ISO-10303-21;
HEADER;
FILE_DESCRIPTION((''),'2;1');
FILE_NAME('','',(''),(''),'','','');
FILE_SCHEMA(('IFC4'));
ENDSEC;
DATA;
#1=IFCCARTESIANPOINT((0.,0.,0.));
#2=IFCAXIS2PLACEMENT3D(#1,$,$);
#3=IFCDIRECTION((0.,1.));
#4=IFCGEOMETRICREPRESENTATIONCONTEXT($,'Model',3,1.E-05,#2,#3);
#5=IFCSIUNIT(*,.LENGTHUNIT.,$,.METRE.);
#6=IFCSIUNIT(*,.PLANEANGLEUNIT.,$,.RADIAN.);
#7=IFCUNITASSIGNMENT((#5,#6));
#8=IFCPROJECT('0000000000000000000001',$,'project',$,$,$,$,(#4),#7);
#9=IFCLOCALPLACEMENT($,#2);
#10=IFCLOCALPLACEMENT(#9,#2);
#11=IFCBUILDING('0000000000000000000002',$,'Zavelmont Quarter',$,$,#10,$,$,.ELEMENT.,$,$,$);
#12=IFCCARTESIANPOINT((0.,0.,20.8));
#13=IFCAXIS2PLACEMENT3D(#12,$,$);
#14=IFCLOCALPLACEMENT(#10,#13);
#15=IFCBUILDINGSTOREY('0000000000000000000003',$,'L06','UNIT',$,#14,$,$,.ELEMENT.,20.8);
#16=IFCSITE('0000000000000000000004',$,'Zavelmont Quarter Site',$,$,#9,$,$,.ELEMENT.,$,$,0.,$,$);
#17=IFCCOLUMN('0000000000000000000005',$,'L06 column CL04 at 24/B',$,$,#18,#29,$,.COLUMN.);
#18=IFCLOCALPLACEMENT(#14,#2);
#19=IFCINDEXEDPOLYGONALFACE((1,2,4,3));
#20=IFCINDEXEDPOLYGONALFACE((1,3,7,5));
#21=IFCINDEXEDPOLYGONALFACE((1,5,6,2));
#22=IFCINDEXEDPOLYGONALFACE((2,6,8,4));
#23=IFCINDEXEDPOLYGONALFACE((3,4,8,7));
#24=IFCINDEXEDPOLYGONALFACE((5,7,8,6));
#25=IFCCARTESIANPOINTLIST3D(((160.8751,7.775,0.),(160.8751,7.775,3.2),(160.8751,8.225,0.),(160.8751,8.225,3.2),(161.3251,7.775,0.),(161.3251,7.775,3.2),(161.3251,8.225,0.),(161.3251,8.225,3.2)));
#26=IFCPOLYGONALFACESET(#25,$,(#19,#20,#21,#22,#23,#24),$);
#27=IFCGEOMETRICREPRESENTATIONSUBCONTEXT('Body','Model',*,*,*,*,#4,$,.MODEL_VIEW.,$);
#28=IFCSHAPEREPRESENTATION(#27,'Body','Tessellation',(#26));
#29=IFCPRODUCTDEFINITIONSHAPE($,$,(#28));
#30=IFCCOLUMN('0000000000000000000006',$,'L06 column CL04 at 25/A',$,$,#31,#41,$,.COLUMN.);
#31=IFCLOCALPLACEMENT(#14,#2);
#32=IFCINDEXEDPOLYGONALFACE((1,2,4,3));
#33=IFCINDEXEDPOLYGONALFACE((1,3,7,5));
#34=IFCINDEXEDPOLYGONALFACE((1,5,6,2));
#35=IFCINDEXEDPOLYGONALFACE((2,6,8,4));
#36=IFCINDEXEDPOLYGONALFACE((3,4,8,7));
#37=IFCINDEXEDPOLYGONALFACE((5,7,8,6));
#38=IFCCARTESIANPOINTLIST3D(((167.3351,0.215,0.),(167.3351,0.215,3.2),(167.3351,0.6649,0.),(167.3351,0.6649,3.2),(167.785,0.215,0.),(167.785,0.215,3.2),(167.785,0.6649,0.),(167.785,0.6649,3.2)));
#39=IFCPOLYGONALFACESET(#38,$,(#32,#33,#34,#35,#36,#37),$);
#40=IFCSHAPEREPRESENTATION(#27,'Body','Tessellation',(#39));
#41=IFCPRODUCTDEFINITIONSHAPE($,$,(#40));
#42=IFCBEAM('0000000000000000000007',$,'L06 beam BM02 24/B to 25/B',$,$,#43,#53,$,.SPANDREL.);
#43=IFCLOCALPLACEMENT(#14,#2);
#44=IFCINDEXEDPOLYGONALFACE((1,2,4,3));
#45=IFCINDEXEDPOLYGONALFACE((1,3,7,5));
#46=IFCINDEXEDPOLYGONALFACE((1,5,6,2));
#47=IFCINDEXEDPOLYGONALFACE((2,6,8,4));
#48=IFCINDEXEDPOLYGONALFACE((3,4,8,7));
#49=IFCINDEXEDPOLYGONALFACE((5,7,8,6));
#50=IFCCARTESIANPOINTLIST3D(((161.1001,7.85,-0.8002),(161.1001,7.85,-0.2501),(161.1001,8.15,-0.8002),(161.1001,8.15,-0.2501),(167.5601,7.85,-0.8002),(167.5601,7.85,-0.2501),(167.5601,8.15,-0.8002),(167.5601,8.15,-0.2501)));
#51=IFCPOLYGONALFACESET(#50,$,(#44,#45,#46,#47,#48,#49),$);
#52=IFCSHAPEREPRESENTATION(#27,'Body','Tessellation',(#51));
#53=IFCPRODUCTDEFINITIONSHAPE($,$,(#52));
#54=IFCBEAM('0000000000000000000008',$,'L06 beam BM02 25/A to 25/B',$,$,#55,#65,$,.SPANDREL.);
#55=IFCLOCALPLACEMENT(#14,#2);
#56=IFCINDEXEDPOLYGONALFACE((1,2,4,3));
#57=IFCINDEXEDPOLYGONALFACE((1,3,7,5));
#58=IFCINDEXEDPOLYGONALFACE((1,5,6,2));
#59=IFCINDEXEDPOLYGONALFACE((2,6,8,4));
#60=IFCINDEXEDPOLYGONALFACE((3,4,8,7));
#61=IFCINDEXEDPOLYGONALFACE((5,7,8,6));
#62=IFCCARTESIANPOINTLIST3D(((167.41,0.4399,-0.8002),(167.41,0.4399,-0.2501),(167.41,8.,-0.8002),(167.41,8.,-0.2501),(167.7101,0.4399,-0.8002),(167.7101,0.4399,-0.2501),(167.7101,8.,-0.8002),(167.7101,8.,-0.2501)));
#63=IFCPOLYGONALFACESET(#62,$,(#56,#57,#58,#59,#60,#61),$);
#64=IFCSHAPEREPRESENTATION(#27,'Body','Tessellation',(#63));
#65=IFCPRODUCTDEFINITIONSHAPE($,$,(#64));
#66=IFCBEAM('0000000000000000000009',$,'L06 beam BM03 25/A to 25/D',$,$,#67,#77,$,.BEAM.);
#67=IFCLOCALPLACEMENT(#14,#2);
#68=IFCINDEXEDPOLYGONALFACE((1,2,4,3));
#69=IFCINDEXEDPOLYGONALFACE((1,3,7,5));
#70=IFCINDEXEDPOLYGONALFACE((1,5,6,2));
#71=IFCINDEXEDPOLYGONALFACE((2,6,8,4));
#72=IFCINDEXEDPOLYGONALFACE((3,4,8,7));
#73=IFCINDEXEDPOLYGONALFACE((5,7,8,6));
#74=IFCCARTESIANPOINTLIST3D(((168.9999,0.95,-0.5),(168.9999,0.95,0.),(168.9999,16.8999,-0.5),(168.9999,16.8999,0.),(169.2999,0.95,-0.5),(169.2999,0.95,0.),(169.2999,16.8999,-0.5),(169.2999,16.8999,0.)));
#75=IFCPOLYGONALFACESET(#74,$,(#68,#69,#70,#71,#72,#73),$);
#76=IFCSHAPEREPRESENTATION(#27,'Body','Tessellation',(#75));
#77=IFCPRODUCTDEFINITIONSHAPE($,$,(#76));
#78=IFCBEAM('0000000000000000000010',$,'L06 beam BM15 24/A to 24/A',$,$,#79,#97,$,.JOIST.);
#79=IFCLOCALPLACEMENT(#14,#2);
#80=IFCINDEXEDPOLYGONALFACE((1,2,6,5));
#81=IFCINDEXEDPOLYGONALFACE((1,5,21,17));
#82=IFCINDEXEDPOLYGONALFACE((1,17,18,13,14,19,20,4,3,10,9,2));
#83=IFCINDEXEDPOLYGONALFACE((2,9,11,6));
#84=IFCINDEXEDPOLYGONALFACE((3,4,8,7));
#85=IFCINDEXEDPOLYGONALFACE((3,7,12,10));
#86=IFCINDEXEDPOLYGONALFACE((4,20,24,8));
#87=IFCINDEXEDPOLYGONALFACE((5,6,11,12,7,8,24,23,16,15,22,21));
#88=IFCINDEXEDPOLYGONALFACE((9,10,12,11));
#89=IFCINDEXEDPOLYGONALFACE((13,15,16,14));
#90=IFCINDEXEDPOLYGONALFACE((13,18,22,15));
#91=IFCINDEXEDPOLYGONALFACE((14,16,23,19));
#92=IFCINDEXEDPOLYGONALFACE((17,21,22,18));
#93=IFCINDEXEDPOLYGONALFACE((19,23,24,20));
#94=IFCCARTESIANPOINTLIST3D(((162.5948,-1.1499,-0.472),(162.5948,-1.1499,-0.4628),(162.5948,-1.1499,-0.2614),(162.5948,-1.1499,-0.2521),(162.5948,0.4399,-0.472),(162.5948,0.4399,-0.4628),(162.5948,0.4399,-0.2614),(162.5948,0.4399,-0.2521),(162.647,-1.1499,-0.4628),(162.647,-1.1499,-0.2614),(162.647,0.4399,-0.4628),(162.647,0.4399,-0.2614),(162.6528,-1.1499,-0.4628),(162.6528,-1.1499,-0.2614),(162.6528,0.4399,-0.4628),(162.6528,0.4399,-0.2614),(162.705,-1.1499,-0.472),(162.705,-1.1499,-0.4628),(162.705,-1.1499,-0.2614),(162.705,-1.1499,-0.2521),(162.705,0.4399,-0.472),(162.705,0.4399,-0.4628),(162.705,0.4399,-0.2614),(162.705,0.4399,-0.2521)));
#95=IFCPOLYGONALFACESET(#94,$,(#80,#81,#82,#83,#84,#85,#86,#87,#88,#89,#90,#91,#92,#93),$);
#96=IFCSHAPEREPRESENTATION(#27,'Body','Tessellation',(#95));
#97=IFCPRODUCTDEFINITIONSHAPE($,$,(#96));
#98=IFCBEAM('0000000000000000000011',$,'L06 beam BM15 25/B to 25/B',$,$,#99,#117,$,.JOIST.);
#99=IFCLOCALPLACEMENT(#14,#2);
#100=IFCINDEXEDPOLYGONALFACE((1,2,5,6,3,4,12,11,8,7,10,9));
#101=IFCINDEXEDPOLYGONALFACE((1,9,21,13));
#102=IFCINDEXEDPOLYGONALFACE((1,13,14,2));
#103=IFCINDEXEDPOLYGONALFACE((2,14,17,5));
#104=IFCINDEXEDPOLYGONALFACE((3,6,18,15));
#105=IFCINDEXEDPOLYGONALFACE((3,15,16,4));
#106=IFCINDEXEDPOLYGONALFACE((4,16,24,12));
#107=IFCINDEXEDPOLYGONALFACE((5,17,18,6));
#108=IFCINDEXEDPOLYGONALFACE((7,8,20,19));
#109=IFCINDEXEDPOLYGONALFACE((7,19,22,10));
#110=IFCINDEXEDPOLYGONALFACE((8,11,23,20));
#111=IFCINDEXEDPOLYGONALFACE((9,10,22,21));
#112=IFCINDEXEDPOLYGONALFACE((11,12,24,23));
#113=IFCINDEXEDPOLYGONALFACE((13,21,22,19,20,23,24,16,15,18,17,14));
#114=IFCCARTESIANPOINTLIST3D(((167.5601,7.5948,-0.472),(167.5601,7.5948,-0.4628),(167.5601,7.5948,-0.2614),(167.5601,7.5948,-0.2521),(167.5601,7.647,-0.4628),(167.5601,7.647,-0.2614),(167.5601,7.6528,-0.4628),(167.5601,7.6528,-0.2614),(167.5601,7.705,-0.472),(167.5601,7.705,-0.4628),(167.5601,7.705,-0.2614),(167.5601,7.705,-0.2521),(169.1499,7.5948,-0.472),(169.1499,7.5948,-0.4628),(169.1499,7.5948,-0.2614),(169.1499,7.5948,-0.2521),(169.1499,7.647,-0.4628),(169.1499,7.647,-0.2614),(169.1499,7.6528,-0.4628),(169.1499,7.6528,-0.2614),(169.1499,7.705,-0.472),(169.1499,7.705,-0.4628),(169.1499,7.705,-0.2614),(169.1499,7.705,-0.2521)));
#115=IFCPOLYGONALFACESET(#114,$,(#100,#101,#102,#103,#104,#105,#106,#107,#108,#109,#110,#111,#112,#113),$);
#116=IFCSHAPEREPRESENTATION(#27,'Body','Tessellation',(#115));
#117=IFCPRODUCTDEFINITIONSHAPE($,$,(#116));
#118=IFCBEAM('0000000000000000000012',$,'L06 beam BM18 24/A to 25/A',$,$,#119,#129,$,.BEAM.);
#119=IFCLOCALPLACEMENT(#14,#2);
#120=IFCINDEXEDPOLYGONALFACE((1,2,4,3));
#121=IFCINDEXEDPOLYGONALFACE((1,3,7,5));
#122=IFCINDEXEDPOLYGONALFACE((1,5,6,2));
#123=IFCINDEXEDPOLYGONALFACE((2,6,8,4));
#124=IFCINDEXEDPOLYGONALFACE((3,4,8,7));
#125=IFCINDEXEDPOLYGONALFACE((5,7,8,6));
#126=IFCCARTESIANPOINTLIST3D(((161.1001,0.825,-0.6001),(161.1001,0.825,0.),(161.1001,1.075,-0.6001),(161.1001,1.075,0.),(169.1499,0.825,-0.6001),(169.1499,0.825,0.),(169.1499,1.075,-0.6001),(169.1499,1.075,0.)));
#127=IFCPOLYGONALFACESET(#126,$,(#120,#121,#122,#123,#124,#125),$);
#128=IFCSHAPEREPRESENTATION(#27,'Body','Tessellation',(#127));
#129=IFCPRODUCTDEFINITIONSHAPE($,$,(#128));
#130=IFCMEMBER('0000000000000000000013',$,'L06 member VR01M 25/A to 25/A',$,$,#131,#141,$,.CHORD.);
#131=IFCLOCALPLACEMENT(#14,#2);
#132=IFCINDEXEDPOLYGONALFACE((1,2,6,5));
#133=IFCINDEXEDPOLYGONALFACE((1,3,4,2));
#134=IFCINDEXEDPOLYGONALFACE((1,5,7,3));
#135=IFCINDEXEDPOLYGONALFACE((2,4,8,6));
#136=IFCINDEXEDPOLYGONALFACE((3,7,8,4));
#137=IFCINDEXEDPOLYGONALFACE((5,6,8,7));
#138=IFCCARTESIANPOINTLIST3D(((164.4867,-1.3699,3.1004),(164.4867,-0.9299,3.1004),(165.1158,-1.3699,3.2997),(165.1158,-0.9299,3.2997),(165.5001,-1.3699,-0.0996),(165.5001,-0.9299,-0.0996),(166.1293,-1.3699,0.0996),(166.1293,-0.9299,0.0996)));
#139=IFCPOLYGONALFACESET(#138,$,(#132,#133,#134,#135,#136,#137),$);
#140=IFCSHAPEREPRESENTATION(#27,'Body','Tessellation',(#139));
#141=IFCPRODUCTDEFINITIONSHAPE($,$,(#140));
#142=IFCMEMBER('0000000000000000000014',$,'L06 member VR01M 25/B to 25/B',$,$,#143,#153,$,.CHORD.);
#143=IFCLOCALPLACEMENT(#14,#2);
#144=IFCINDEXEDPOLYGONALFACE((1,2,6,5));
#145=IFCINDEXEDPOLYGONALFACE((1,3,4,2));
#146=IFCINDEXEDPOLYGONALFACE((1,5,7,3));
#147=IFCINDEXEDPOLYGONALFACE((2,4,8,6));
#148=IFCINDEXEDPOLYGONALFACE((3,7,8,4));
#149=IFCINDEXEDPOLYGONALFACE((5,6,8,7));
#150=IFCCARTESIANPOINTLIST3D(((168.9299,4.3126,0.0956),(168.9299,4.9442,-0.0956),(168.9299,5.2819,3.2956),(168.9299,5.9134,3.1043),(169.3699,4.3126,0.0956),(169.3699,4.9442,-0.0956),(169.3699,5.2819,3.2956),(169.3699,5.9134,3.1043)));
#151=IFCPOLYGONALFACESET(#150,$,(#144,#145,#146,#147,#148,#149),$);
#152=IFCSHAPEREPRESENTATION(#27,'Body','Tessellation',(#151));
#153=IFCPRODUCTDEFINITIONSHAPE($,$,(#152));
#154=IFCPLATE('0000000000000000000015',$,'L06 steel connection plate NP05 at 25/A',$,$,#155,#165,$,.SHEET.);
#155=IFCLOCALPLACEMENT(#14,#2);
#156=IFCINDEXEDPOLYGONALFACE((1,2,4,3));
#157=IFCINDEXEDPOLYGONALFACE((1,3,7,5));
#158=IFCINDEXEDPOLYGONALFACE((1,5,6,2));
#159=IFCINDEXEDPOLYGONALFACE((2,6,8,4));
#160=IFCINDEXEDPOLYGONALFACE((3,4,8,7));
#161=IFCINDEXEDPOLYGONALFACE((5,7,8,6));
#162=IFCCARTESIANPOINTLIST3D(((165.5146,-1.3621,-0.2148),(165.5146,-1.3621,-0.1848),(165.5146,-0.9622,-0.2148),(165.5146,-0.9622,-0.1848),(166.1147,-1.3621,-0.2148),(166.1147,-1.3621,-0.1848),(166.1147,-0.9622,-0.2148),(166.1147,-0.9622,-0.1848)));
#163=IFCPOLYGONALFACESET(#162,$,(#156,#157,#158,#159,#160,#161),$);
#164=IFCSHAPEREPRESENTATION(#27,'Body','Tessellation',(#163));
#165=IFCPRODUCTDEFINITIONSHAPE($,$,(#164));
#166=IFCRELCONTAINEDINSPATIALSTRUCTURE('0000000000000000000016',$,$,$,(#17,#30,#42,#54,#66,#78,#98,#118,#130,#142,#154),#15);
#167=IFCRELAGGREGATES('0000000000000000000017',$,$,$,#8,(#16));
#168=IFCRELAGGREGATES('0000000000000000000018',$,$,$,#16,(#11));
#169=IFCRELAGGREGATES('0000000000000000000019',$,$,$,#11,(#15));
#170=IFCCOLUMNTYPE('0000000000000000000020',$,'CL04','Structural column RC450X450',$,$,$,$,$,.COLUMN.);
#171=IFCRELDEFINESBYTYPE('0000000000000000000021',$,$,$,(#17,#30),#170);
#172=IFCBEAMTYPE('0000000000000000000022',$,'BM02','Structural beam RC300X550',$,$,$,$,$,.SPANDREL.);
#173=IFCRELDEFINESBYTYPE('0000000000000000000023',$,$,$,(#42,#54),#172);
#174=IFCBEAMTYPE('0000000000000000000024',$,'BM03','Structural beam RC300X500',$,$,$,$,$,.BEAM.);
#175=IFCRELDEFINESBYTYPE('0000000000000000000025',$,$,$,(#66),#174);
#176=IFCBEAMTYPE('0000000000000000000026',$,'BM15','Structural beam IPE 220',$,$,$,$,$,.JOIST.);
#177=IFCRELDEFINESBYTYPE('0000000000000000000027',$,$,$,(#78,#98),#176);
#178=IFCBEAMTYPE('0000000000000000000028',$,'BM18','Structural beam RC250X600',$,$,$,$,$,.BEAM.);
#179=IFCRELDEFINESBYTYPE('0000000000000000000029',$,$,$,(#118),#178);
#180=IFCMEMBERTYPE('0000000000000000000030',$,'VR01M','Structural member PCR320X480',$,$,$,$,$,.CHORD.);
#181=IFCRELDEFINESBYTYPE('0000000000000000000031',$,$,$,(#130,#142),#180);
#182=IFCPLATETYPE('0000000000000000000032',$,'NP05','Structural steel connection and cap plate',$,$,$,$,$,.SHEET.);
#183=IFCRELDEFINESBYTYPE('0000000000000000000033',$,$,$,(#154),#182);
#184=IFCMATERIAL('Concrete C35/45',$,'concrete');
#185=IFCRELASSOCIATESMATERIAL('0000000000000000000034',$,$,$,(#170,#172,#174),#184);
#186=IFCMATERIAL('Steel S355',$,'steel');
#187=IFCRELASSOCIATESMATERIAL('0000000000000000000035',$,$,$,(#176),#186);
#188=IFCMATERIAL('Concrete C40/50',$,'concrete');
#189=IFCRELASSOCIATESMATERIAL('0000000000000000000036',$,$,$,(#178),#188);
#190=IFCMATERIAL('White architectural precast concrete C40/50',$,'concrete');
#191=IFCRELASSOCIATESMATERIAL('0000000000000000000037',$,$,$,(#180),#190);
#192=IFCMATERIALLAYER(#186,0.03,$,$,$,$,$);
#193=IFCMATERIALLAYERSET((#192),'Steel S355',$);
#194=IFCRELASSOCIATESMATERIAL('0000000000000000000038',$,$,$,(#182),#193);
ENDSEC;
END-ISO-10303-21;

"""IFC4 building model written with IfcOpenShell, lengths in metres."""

from ifc_helpers import new_model, si_unit, direction, frame, origin, origin_2d, place, context, subcontext, project, spatial, rectangle, i_section, extrude, material, layer, layer_set, material_profile, profile_set, type_object, element, save


model = new_model("IFC4")

# Units and contexts
model_context = context("Model", 3, precision=1e-05, world=origin(), true_north=direction((0.0, 1.0)))
body_context = subcontext(model_context, "Body", "Model", "MODEL_VIEW")
ifc_project = project(units=[si_unit("LENGTHUNIT", "METRE"), si_unit("PLANEANGLEUNIT", "RADIAN")], contexts=[model_context])

# Site, building, storey
site_placement = place(None, origin())
site = spatial("IfcSite", under=ifc_project, at=site_placement, Name="Zavelmont Quarter Site", CompositionType="ELEMENT", RefElevation=0.0)
building_placement = place(site_placement, origin())
building = spatial("IfcBuilding", under=site, at=building_placement, Name="Zavelmont Quarter", CompositionType="ELEMENT")
storey_placement = place(building_placement, frame((0.0, 0.0, 20.8)))
storey = spatial("IfcBuildingStorey", under=building, at=storey_placement, Name="L06", Description="UNIT", CompositionType="ELEMENT", Elevation=20.8)

# Columns
ifc_material_1 = material(Name="Concrete C35/45", Category="concrete")
ifc_material_profile_1 = material_profile(ifc_material_1, rectangle(XDim=0.45, YDim=0.45, at=origin_2d()), Name="RC450X450")
ifc_profile_set_1 = profile_set([ifc_material_profile_1], Name="Concrete C35/45")
column_type = type_object("IfcColumnType", Name="CL04", Description="Structural column RC450X450", PredefinedType="COLUMN", material=ifc_profile_set_1)
for number, where, z_axis, x_axis, name in (
    (1, (161.1001, 8.0, 0.0), (0.0, 0.0, 1.0), (1.0, 0.0, 0.0), "L06 column CL04 at 24/B"),
    (2, (167.5601, 0.4399, 0.0), (0.0, 0.0, 1.0), (1.0, 0.0, 0.0), "L06 column CL04 at 25/A"),
):
    element("IfcColumn", number, at=place(storey_placement, frame(where, z_axis=z_axis, x_axis=x_axis)), inside=storey, type_object=column_type, Name=name, PredefinedType="COLUMN", context=body_context, shape_type="SweptSolid", body=[
        extrude(rectangle(XDim=0.45, YDim=0.45, at=origin_2d()), origin(), (0.0, 0.0, 1.0), 3.2),
    ])

# Beams
ifc_material_profile_2 = material_profile(ifc_material_1, rectangle(XDim=0.3, YDim=0.55, at=origin_2d()), Name="RC300X550")
ifc_profile_set_2 = profile_set([ifc_material_profile_2], Name="Concrete C35/45")
beam_type_1 = type_object("IfcBeamType", Name="BM02", Description="Structural beam RC300X550", PredefinedType="SPANDREL", material=ifc_profile_set_2)
beam_1_placement = place(storey_placement, frame((161.1001, 8.0, -0.5251), z_axis=(1.0, 0.0, 0.0), x_axis=(0.0, 1.0, 0.0)))
element("IfcBeam", 3, at=beam_1_placement, inside=storey, type_object=beam_type_1, Name="L06 beam BM02 24/B to 25/B", PredefinedType="SPANDREL", context=body_context, shape_type="SweptSolid", body=[
    extrude(rectangle(XDim=0.3, YDim=0.55, at=origin_2d()), origin(), (0.0, 0.0, 1.0), 6.46),
])
beam_2_placement = place(storey_placement, frame((167.5601, 0.4399, -0.5251), z_axis=(0.0, 1.0, 0.0), x_axis=(-1.0, 0.0, 0.0)))
element("IfcBeam", 4, at=beam_2_placement, inside=storey, type_object=beam_type_1, Name="L06 beam BM02 25/A to 25/B", PredefinedType="SPANDREL", context=body_context, shape_type="SweptSolid", body=[
    extrude(rectangle(XDim=0.3, YDim=0.55, at=origin_2d()), origin(), (0.0, 0.0, 1.0), 7.5601),
])
ifc_material_profile_3 = material_profile(ifc_material_1, rectangle(XDim=0.3, YDim=0.5, at=origin_2d()), Name="RC300X500")
ifc_profile_set_3 = profile_set([ifc_material_profile_3], Name="Concrete C35/45")
beam_type_2 = type_object("IfcBeamType", Name="BM03", Description="Structural beam RC300X500", PredefinedType="BEAM", material=ifc_profile_set_3)
beam_3_placement = place(storey_placement, frame((169.1499, 0.95, -0.25), z_axis=(0.0, 1.0, 0.0), x_axis=(-1.0, 0.0, 0.0)))
element("IfcBeam", 5, at=beam_3_placement, inside=storey, type_object=beam_type_2, Name="L06 beam BM03 25/A to 25/D", PredefinedType="BEAM", context=body_context, shape_type="SweptSolid", body=[
    extrude(rectangle(XDim=0.3, YDim=0.5, at=origin_2d()), origin(), (0.0, 0.0, 1.0), 15.95),
])
ifc_material_2 = material(Name="Steel S355", Category="steel")
ifc_material_profile_4 = material_profile(ifc_material_2, i_section(OverallWidth=0.1101, OverallDepth=0.22, WebThickness=0.0059, FlangeThickness=0.0093, at=origin_2d()), Name="IPE 220")
ifc_profile_set_4 = profile_set([ifc_material_profile_4], Name="Steel S355")
beam_type_3 = type_object("IfcBeamType", Name="BM15", Description="Structural beam IPE 220", PredefinedType="JOIST", material=ifc_profile_set_4)
for number, where, z_axis, x_axis, name in (
    (6, (162.6499, 0.4399, -0.3621), (0.0, -1.0, 0.0), (1.0, 0.0, 0.0), "L06 beam BM15 24/A to 24/A"),
    (7, (167.5601, 7.6499, -0.3621), (1.0, 0.0, 0.0), (0.0, 1.0, 0.0), "L06 beam BM15 25/B to 25/B"),
):
    element("IfcBeam", number, at=place(storey_placement, frame(where, z_axis=z_axis, x_axis=x_axis)), inside=storey, type_object=beam_type_3, Name=name, PredefinedType="JOIST", context=body_context, shape_type="SweptSolid", body=[
        extrude(i_section(OverallWidth=0.1101, OverallDepth=0.22, WebThickness=0.0059, FlangeThickness=0.0093, at=origin_2d()), origin(), (0.0, 0.0, 1.0), 1.5898),
    ])
ifc_material_3 = material(Name="Concrete C40/50", Category="concrete")
ifc_material_profile_5 = material_profile(ifc_material_3, rectangle(XDim=0.25, YDim=0.6001, at=origin_2d()), Name="RC250X600")
ifc_profile_set_5 = profile_set([ifc_material_profile_5], Name="Concrete C40/50")
beam_type_4 = type_object("IfcBeamType", Name="BM18", Description="Structural beam RC250X600", PredefinedType="BEAM", material=ifc_profile_set_5)
beam_4_placement = place(storey_placement, frame((161.1001, 0.95, -0.3), z_axis=(1.0, 0.0, 0.0), x_axis=(0.0, 1.0, 0.0)))
element("IfcBeam", 8, at=beam_4_placement, inside=storey, type_object=beam_type_4, Name="L06 beam BM18 24/A to 25/A", PredefinedType="BEAM", context=body_context, shape_type="SweptSolid", body=[
    extrude(rectangle(XDim=0.25, YDim=0.6001, at=origin_2d()), origin(), (0.0, 0.0, 1.0), 8.0498),
])

# Members
ifc_material_4 = material(Name="White architectural precast concrete C40/50", Category="concrete")
ifc_material_profile_6 = material_profile(ifc_material_4, rectangle(XDim=0.4399, YDim=0.6599, at=origin_2d()), Name="PCR320X480")
ifc_profile_set_6 = profile_set([ifc_material_profile_6], Name="White architectural precast concrete C40/50")
member_type = type_object("IfcMemberType", Name="VR01M", Description="Structural member PCR320X480", PredefinedType="CHORD", material=ifc_profile_set_6)
member_1_placement = place(storey_placement, frame((165.8147, -1.1499, 0.0), z_axis=(-0.301921, 0.0, 0.953333), x_axis=(0.0, -1.0, 0.0)))
element("IfcMember", 9, at=member_1_placement, inside=storey, type_object=member_type, Name="L06 member VR01M 25/A to 25/A", PredefinedType="CHORD", context=body_context, shape_type="SweptSolid", body=[
    extrude(rectangle(XDim=0.4399, YDim=0.6599, at=origin_2d()), origin(), (0.0, 0.0, 1.0), 3.3567),
])
member_2_placement = place(storey_placement, frame((169.1499, 4.6284, 0.0), z_axis=(0.0, 0.289886, 0.957061), x_axis=(-1.0, 0.0, 0.0)))
element("IfcMember", 10, at=member_2_placement, inside=storey, type_object=member_type, Name="L06 member VR01M 25/B to 25/B", PredefinedType="CHORD", context=body_context, shape_type="SweptSolid", body=[
    extrude(rectangle(XDim=0.4399, YDim=0.6599, at=origin_2d()), origin(), (0.0, 0.0, 1.0), 3.3435),
])

# Plate
ifc_layer_1 = layer(ifc_material_2, 0.03)
ifc_layer_set_1 = layer_set([ifc_layer_1], Name="Steel S355")
plate_type = type_object("IfcPlateType", Name="NP05", Description="Structural steel connection and cap plate", PredefinedType="SHEET", material=ifc_layer_set_1)
plate_placement = place(storey_placement, frame((165.8147, -1.1621, -0.2148), z_axis=(0.0, 0.0, 1.0), x_axis=(1.0, 0.0, 0.0)))
element("IfcPlate", 11, at=plate_placement, inside=storey, type_object=plate_type, Name="L06 steel connection plate NP05 at 25/A", PredefinedType="SHEET", context=body_context, shape_type="SweptSolid", body=[
    extrude(rectangle(XDim=0.6001, YDim=0.3999, at=origin_2d()), origin(), (0.0, 0.0, 1.0), 0.03),
])

save(model, "model.ifc")
